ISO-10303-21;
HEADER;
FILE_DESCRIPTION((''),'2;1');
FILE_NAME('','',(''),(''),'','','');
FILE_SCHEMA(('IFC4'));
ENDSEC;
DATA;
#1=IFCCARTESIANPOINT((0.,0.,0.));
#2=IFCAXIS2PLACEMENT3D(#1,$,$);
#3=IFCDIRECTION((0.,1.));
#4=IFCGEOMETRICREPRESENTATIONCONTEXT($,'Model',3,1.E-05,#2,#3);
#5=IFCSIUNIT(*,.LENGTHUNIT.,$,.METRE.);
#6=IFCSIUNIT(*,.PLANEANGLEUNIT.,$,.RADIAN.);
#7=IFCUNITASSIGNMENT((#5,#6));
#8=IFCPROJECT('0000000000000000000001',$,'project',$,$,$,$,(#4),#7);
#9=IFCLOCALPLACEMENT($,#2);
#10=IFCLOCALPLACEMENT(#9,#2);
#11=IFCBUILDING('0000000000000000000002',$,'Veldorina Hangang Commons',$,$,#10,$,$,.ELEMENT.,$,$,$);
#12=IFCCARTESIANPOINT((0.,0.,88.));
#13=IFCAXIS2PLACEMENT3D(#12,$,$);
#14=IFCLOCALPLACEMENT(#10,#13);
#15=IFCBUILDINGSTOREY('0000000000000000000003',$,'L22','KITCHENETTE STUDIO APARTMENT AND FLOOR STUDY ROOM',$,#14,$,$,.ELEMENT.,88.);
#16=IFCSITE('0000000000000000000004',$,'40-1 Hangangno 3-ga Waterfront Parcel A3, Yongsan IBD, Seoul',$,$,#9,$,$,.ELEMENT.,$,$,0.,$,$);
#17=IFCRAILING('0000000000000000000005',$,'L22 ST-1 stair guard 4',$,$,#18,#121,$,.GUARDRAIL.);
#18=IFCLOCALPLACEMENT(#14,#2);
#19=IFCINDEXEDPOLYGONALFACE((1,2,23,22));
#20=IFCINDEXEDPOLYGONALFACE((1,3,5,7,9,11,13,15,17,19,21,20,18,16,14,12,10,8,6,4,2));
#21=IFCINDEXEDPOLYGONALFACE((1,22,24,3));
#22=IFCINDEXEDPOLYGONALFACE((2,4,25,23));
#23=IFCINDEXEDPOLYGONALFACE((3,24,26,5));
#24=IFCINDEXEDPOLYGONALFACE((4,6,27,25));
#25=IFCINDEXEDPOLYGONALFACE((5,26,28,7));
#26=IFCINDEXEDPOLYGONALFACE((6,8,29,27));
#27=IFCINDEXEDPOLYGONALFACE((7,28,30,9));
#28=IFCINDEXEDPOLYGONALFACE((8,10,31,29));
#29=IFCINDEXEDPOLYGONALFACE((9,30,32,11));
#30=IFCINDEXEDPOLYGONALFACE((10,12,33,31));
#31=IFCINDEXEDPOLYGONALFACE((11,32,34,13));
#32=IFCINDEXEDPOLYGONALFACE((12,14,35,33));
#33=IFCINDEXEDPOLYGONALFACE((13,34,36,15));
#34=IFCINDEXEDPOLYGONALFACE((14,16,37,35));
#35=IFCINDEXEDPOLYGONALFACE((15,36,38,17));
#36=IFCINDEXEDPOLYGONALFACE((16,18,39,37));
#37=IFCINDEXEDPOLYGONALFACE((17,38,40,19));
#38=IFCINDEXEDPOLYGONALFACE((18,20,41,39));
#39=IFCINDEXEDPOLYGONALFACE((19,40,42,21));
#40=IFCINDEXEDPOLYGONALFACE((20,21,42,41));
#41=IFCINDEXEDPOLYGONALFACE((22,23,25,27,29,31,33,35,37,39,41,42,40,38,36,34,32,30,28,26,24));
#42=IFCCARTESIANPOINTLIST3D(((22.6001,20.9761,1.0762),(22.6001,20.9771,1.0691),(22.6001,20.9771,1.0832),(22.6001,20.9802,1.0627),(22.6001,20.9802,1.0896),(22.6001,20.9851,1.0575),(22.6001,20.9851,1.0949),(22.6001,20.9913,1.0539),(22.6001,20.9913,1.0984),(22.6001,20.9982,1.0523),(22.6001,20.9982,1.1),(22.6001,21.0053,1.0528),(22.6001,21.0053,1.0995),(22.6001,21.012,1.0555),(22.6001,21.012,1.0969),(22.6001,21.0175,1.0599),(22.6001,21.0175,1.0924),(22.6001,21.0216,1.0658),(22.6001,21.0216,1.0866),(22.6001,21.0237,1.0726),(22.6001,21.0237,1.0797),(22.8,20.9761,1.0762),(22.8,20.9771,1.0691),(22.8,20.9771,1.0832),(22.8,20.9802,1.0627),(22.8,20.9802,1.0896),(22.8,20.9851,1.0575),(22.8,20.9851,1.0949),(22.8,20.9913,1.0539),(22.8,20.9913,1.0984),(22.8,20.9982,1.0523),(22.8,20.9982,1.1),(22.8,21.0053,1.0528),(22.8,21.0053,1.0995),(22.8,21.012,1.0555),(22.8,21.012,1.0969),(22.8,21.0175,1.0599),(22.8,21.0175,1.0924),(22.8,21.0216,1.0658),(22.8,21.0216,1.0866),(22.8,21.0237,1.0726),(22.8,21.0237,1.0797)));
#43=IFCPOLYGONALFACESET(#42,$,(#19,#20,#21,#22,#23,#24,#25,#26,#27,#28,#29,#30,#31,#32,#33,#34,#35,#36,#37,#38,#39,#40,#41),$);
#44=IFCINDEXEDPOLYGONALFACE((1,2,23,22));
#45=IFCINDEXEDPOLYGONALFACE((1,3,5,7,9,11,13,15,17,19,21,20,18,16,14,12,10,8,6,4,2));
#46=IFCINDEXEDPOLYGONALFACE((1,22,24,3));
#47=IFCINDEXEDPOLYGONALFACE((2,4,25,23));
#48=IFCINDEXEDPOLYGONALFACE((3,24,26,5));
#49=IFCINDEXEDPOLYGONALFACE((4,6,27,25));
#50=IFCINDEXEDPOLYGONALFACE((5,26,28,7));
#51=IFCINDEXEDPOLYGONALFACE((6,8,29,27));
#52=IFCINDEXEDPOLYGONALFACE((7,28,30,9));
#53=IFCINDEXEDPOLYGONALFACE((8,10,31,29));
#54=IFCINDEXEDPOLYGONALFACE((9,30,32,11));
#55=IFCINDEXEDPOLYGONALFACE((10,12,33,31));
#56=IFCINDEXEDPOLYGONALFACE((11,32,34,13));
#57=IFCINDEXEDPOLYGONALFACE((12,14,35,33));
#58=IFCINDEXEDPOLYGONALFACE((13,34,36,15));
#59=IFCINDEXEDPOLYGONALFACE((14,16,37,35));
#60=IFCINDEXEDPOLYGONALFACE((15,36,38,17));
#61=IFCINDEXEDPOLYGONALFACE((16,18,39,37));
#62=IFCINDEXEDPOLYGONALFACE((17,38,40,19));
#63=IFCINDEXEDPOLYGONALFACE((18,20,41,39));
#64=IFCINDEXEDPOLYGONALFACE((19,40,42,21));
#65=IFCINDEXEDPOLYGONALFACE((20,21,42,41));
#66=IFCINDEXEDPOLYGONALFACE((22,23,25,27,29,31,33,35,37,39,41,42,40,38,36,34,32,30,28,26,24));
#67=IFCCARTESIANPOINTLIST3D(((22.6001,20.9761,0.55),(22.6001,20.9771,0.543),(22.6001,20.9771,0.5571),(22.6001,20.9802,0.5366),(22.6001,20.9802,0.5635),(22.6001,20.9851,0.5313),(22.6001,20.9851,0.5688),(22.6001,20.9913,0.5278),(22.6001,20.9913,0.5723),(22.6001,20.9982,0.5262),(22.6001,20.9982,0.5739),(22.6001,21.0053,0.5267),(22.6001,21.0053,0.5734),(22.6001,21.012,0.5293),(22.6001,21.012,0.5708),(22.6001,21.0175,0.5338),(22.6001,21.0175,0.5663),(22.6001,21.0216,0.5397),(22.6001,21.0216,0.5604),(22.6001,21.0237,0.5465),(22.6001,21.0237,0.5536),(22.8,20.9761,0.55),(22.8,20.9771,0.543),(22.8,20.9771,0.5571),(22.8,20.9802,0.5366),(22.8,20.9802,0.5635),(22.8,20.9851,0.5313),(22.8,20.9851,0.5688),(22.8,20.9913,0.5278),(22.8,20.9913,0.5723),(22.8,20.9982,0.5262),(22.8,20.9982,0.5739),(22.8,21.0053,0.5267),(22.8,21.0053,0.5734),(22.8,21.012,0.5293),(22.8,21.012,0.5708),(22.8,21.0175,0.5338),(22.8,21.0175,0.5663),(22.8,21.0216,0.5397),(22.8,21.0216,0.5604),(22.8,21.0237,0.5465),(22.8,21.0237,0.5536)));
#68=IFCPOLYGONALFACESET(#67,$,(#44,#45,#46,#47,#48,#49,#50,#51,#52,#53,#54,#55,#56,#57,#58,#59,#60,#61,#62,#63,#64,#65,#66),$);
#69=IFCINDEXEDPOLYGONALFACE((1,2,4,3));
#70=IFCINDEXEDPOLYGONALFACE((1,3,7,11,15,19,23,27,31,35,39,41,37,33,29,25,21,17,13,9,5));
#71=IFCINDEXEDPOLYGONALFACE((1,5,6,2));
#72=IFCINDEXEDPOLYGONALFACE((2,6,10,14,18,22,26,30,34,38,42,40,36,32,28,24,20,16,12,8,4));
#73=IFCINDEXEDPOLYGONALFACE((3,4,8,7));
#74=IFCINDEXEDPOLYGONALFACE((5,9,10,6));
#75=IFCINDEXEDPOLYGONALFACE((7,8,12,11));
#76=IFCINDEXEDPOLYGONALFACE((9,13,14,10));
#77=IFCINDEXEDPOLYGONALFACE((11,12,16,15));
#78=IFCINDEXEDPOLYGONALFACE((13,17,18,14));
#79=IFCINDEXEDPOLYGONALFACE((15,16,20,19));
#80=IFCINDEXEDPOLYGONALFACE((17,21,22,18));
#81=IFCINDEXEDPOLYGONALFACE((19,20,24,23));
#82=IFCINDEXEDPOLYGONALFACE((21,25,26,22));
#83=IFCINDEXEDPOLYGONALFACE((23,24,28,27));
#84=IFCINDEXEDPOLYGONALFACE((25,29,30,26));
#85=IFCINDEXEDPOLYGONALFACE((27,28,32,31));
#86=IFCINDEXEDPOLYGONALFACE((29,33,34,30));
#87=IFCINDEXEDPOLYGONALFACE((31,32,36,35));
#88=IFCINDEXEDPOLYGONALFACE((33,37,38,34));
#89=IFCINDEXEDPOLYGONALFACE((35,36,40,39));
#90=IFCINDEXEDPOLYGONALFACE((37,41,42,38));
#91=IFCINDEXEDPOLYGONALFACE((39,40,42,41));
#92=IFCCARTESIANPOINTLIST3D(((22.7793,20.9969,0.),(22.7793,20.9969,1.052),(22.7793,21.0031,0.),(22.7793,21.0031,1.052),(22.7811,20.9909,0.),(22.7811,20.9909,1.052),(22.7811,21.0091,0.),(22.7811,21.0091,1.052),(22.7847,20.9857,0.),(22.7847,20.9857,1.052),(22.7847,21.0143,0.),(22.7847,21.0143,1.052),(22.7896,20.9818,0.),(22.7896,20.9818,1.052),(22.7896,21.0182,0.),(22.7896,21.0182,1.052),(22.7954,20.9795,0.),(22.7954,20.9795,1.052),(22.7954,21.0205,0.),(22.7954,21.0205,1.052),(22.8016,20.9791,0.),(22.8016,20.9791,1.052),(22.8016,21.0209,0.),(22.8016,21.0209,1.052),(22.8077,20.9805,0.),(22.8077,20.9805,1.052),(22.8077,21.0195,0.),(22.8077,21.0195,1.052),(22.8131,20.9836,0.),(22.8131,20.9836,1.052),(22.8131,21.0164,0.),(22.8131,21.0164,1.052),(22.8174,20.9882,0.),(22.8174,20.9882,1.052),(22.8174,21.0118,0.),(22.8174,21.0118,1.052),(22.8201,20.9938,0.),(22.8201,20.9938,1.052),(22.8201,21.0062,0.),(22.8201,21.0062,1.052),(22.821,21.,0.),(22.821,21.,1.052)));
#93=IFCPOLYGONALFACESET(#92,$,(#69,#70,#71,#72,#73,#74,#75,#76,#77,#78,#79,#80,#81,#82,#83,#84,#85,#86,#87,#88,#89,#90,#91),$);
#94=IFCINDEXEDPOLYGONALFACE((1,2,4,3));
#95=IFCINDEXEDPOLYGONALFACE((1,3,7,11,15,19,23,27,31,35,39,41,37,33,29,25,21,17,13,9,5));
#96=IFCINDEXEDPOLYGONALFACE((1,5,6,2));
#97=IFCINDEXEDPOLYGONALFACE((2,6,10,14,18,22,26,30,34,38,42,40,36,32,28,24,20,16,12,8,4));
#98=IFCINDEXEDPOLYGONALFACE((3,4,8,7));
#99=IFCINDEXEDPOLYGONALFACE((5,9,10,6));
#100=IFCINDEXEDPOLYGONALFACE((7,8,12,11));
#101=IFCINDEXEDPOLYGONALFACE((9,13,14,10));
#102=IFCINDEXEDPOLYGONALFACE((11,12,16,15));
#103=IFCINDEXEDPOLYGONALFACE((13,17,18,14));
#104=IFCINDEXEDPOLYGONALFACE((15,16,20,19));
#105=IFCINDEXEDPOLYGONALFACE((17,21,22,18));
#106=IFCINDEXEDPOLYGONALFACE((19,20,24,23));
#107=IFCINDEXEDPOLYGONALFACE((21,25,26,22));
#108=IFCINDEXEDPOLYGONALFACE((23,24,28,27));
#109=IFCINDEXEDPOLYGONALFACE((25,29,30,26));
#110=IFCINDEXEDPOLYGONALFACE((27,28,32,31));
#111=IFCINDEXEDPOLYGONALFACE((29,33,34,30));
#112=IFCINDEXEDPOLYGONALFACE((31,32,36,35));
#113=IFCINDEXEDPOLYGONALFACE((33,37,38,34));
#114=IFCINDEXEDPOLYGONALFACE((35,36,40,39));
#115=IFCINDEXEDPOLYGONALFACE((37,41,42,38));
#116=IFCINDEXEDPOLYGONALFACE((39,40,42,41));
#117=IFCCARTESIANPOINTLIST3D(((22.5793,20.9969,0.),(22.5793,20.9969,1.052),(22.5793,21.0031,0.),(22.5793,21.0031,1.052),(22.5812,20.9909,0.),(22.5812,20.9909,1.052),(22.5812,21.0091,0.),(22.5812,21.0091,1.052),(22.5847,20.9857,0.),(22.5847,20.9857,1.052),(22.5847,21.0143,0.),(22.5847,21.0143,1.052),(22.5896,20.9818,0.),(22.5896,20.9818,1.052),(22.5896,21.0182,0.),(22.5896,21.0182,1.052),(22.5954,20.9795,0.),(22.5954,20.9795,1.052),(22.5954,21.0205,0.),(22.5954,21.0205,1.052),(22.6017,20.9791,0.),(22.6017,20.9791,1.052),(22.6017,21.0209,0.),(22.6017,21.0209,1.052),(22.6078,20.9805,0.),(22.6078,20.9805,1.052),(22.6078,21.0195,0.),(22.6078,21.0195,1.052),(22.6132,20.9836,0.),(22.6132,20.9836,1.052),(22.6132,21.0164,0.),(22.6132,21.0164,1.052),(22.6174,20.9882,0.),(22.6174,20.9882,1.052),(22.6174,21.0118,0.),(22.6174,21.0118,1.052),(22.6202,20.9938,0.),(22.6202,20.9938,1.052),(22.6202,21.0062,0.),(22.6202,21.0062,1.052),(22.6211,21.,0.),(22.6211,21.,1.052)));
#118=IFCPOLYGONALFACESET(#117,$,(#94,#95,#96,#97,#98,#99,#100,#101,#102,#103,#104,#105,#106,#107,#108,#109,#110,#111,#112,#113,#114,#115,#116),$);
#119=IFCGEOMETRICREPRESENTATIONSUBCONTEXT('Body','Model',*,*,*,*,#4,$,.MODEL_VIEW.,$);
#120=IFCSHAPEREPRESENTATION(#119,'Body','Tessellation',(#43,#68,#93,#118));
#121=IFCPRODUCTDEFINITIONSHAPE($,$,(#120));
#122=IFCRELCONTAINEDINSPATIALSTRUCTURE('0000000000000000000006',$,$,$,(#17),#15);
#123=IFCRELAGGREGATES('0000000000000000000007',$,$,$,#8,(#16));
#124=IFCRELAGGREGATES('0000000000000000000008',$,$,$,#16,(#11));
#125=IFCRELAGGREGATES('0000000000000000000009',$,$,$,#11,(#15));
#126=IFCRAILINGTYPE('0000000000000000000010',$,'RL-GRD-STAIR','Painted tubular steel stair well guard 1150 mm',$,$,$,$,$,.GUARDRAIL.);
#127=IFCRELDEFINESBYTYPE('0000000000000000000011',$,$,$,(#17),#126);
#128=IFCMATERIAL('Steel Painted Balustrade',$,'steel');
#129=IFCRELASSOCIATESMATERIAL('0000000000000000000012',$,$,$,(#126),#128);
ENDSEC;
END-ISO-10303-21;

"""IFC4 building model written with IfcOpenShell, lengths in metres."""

from ifc_helpers import new_model, si_unit, direction, frame, origin, origin_2d, place, context, subcontext, project, spatial, circle, extrude, material, type_object, element, save


model = new_model("IFC4")

# Units and contexts
model_context = context("Model", 3, precision=1e-05, world=origin(), true_north=direction((0.0, 1.0)))
body_context = subcontext(model_context, "Body", "Model", "MODEL_VIEW")
ifc_project = project(units=[si_unit("LENGTHUNIT", "METRE"), si_unit("PLANEANGLEUNIT", "RADIAN")], contexts=[model_context])

# Site, building, storey
site_placement = place(None, origin())
site = spatial("IfcSite", under=ifc_project, at=site_placement, Name="40-1 Hangangno 3-ga Waterfront Parcel A3, Yongsan IBD, Seoul", CompositionType="ELEMENT", RefElevation=0.0)
building_placement = place(site_placement, origin())
building = spatial("IfcBuilding", under=site, at=building_placement, Name="Veldorina Hangang Commons", CompositionType="ELEMENT")
storey_placement = place(building_placement, frame((0.0, 0.0, 88.0)))
storey = spatial("IfcBuildingStorey", under=building, at=storey_placement, Name="L22", Description="KITCHENETTE STUDIO APARTMENT AND FLOOR STUDY ROOM", CompositionType="ELEMENT", Elevation=88.0)

# Railing
ifc_material_1 = material(Name="Steel Painted Balustrade", Category="steel")
railing_type_1 = type_object("IfcRailingType", Name="RL-GRD-STAIR", Description="Painted tubular steel stair well guard 1150 mm", PredefinedType="GUARDRAIL", material=ifc_material_1)
railing_1_placement = place(storey_placement, frame((22.8, 21.0, 0.0)))
element("IfcRailing", 1, at=railing_1_placement, inside=storey, type_object=railing_type_1, Name="L22 ST-1 stair guard 4", PredefinedType="GUARDRAIL", context=body_context, shape_type="SweptSolid", body=[
    extrude(circle(Radius=0.0239, at=origin_2d()), frame((0.0, 0.0, 1.0762), z_axis=(-1.0, 0.0, 0.0), x_axis=(0.0, -1.0, 0.0)), (0.0, 0.0, 1.0), 0.2),
    extrude(circle(Radius=0.0239, at=origin_2d()), frame((0.0, 0.0, 0.55), z_axis=(-1.0, 0.0, 0.0), x_axis=(0.0, -1.0, 0.0)), (0.0, 0.0, 1.0), 0.2),
    extrude(circle(Radius=0.021, at=origin_2d()), origin(), (0.0, 0.0, 1.0), 1.052),
    extrude(circle(Radius=0.021, at=origin_2d()), frame((-0.2, 0.0, 0.0)), (0.0, 0.0, 1.0), 1.052),
])

save(model, "model.ifc")
